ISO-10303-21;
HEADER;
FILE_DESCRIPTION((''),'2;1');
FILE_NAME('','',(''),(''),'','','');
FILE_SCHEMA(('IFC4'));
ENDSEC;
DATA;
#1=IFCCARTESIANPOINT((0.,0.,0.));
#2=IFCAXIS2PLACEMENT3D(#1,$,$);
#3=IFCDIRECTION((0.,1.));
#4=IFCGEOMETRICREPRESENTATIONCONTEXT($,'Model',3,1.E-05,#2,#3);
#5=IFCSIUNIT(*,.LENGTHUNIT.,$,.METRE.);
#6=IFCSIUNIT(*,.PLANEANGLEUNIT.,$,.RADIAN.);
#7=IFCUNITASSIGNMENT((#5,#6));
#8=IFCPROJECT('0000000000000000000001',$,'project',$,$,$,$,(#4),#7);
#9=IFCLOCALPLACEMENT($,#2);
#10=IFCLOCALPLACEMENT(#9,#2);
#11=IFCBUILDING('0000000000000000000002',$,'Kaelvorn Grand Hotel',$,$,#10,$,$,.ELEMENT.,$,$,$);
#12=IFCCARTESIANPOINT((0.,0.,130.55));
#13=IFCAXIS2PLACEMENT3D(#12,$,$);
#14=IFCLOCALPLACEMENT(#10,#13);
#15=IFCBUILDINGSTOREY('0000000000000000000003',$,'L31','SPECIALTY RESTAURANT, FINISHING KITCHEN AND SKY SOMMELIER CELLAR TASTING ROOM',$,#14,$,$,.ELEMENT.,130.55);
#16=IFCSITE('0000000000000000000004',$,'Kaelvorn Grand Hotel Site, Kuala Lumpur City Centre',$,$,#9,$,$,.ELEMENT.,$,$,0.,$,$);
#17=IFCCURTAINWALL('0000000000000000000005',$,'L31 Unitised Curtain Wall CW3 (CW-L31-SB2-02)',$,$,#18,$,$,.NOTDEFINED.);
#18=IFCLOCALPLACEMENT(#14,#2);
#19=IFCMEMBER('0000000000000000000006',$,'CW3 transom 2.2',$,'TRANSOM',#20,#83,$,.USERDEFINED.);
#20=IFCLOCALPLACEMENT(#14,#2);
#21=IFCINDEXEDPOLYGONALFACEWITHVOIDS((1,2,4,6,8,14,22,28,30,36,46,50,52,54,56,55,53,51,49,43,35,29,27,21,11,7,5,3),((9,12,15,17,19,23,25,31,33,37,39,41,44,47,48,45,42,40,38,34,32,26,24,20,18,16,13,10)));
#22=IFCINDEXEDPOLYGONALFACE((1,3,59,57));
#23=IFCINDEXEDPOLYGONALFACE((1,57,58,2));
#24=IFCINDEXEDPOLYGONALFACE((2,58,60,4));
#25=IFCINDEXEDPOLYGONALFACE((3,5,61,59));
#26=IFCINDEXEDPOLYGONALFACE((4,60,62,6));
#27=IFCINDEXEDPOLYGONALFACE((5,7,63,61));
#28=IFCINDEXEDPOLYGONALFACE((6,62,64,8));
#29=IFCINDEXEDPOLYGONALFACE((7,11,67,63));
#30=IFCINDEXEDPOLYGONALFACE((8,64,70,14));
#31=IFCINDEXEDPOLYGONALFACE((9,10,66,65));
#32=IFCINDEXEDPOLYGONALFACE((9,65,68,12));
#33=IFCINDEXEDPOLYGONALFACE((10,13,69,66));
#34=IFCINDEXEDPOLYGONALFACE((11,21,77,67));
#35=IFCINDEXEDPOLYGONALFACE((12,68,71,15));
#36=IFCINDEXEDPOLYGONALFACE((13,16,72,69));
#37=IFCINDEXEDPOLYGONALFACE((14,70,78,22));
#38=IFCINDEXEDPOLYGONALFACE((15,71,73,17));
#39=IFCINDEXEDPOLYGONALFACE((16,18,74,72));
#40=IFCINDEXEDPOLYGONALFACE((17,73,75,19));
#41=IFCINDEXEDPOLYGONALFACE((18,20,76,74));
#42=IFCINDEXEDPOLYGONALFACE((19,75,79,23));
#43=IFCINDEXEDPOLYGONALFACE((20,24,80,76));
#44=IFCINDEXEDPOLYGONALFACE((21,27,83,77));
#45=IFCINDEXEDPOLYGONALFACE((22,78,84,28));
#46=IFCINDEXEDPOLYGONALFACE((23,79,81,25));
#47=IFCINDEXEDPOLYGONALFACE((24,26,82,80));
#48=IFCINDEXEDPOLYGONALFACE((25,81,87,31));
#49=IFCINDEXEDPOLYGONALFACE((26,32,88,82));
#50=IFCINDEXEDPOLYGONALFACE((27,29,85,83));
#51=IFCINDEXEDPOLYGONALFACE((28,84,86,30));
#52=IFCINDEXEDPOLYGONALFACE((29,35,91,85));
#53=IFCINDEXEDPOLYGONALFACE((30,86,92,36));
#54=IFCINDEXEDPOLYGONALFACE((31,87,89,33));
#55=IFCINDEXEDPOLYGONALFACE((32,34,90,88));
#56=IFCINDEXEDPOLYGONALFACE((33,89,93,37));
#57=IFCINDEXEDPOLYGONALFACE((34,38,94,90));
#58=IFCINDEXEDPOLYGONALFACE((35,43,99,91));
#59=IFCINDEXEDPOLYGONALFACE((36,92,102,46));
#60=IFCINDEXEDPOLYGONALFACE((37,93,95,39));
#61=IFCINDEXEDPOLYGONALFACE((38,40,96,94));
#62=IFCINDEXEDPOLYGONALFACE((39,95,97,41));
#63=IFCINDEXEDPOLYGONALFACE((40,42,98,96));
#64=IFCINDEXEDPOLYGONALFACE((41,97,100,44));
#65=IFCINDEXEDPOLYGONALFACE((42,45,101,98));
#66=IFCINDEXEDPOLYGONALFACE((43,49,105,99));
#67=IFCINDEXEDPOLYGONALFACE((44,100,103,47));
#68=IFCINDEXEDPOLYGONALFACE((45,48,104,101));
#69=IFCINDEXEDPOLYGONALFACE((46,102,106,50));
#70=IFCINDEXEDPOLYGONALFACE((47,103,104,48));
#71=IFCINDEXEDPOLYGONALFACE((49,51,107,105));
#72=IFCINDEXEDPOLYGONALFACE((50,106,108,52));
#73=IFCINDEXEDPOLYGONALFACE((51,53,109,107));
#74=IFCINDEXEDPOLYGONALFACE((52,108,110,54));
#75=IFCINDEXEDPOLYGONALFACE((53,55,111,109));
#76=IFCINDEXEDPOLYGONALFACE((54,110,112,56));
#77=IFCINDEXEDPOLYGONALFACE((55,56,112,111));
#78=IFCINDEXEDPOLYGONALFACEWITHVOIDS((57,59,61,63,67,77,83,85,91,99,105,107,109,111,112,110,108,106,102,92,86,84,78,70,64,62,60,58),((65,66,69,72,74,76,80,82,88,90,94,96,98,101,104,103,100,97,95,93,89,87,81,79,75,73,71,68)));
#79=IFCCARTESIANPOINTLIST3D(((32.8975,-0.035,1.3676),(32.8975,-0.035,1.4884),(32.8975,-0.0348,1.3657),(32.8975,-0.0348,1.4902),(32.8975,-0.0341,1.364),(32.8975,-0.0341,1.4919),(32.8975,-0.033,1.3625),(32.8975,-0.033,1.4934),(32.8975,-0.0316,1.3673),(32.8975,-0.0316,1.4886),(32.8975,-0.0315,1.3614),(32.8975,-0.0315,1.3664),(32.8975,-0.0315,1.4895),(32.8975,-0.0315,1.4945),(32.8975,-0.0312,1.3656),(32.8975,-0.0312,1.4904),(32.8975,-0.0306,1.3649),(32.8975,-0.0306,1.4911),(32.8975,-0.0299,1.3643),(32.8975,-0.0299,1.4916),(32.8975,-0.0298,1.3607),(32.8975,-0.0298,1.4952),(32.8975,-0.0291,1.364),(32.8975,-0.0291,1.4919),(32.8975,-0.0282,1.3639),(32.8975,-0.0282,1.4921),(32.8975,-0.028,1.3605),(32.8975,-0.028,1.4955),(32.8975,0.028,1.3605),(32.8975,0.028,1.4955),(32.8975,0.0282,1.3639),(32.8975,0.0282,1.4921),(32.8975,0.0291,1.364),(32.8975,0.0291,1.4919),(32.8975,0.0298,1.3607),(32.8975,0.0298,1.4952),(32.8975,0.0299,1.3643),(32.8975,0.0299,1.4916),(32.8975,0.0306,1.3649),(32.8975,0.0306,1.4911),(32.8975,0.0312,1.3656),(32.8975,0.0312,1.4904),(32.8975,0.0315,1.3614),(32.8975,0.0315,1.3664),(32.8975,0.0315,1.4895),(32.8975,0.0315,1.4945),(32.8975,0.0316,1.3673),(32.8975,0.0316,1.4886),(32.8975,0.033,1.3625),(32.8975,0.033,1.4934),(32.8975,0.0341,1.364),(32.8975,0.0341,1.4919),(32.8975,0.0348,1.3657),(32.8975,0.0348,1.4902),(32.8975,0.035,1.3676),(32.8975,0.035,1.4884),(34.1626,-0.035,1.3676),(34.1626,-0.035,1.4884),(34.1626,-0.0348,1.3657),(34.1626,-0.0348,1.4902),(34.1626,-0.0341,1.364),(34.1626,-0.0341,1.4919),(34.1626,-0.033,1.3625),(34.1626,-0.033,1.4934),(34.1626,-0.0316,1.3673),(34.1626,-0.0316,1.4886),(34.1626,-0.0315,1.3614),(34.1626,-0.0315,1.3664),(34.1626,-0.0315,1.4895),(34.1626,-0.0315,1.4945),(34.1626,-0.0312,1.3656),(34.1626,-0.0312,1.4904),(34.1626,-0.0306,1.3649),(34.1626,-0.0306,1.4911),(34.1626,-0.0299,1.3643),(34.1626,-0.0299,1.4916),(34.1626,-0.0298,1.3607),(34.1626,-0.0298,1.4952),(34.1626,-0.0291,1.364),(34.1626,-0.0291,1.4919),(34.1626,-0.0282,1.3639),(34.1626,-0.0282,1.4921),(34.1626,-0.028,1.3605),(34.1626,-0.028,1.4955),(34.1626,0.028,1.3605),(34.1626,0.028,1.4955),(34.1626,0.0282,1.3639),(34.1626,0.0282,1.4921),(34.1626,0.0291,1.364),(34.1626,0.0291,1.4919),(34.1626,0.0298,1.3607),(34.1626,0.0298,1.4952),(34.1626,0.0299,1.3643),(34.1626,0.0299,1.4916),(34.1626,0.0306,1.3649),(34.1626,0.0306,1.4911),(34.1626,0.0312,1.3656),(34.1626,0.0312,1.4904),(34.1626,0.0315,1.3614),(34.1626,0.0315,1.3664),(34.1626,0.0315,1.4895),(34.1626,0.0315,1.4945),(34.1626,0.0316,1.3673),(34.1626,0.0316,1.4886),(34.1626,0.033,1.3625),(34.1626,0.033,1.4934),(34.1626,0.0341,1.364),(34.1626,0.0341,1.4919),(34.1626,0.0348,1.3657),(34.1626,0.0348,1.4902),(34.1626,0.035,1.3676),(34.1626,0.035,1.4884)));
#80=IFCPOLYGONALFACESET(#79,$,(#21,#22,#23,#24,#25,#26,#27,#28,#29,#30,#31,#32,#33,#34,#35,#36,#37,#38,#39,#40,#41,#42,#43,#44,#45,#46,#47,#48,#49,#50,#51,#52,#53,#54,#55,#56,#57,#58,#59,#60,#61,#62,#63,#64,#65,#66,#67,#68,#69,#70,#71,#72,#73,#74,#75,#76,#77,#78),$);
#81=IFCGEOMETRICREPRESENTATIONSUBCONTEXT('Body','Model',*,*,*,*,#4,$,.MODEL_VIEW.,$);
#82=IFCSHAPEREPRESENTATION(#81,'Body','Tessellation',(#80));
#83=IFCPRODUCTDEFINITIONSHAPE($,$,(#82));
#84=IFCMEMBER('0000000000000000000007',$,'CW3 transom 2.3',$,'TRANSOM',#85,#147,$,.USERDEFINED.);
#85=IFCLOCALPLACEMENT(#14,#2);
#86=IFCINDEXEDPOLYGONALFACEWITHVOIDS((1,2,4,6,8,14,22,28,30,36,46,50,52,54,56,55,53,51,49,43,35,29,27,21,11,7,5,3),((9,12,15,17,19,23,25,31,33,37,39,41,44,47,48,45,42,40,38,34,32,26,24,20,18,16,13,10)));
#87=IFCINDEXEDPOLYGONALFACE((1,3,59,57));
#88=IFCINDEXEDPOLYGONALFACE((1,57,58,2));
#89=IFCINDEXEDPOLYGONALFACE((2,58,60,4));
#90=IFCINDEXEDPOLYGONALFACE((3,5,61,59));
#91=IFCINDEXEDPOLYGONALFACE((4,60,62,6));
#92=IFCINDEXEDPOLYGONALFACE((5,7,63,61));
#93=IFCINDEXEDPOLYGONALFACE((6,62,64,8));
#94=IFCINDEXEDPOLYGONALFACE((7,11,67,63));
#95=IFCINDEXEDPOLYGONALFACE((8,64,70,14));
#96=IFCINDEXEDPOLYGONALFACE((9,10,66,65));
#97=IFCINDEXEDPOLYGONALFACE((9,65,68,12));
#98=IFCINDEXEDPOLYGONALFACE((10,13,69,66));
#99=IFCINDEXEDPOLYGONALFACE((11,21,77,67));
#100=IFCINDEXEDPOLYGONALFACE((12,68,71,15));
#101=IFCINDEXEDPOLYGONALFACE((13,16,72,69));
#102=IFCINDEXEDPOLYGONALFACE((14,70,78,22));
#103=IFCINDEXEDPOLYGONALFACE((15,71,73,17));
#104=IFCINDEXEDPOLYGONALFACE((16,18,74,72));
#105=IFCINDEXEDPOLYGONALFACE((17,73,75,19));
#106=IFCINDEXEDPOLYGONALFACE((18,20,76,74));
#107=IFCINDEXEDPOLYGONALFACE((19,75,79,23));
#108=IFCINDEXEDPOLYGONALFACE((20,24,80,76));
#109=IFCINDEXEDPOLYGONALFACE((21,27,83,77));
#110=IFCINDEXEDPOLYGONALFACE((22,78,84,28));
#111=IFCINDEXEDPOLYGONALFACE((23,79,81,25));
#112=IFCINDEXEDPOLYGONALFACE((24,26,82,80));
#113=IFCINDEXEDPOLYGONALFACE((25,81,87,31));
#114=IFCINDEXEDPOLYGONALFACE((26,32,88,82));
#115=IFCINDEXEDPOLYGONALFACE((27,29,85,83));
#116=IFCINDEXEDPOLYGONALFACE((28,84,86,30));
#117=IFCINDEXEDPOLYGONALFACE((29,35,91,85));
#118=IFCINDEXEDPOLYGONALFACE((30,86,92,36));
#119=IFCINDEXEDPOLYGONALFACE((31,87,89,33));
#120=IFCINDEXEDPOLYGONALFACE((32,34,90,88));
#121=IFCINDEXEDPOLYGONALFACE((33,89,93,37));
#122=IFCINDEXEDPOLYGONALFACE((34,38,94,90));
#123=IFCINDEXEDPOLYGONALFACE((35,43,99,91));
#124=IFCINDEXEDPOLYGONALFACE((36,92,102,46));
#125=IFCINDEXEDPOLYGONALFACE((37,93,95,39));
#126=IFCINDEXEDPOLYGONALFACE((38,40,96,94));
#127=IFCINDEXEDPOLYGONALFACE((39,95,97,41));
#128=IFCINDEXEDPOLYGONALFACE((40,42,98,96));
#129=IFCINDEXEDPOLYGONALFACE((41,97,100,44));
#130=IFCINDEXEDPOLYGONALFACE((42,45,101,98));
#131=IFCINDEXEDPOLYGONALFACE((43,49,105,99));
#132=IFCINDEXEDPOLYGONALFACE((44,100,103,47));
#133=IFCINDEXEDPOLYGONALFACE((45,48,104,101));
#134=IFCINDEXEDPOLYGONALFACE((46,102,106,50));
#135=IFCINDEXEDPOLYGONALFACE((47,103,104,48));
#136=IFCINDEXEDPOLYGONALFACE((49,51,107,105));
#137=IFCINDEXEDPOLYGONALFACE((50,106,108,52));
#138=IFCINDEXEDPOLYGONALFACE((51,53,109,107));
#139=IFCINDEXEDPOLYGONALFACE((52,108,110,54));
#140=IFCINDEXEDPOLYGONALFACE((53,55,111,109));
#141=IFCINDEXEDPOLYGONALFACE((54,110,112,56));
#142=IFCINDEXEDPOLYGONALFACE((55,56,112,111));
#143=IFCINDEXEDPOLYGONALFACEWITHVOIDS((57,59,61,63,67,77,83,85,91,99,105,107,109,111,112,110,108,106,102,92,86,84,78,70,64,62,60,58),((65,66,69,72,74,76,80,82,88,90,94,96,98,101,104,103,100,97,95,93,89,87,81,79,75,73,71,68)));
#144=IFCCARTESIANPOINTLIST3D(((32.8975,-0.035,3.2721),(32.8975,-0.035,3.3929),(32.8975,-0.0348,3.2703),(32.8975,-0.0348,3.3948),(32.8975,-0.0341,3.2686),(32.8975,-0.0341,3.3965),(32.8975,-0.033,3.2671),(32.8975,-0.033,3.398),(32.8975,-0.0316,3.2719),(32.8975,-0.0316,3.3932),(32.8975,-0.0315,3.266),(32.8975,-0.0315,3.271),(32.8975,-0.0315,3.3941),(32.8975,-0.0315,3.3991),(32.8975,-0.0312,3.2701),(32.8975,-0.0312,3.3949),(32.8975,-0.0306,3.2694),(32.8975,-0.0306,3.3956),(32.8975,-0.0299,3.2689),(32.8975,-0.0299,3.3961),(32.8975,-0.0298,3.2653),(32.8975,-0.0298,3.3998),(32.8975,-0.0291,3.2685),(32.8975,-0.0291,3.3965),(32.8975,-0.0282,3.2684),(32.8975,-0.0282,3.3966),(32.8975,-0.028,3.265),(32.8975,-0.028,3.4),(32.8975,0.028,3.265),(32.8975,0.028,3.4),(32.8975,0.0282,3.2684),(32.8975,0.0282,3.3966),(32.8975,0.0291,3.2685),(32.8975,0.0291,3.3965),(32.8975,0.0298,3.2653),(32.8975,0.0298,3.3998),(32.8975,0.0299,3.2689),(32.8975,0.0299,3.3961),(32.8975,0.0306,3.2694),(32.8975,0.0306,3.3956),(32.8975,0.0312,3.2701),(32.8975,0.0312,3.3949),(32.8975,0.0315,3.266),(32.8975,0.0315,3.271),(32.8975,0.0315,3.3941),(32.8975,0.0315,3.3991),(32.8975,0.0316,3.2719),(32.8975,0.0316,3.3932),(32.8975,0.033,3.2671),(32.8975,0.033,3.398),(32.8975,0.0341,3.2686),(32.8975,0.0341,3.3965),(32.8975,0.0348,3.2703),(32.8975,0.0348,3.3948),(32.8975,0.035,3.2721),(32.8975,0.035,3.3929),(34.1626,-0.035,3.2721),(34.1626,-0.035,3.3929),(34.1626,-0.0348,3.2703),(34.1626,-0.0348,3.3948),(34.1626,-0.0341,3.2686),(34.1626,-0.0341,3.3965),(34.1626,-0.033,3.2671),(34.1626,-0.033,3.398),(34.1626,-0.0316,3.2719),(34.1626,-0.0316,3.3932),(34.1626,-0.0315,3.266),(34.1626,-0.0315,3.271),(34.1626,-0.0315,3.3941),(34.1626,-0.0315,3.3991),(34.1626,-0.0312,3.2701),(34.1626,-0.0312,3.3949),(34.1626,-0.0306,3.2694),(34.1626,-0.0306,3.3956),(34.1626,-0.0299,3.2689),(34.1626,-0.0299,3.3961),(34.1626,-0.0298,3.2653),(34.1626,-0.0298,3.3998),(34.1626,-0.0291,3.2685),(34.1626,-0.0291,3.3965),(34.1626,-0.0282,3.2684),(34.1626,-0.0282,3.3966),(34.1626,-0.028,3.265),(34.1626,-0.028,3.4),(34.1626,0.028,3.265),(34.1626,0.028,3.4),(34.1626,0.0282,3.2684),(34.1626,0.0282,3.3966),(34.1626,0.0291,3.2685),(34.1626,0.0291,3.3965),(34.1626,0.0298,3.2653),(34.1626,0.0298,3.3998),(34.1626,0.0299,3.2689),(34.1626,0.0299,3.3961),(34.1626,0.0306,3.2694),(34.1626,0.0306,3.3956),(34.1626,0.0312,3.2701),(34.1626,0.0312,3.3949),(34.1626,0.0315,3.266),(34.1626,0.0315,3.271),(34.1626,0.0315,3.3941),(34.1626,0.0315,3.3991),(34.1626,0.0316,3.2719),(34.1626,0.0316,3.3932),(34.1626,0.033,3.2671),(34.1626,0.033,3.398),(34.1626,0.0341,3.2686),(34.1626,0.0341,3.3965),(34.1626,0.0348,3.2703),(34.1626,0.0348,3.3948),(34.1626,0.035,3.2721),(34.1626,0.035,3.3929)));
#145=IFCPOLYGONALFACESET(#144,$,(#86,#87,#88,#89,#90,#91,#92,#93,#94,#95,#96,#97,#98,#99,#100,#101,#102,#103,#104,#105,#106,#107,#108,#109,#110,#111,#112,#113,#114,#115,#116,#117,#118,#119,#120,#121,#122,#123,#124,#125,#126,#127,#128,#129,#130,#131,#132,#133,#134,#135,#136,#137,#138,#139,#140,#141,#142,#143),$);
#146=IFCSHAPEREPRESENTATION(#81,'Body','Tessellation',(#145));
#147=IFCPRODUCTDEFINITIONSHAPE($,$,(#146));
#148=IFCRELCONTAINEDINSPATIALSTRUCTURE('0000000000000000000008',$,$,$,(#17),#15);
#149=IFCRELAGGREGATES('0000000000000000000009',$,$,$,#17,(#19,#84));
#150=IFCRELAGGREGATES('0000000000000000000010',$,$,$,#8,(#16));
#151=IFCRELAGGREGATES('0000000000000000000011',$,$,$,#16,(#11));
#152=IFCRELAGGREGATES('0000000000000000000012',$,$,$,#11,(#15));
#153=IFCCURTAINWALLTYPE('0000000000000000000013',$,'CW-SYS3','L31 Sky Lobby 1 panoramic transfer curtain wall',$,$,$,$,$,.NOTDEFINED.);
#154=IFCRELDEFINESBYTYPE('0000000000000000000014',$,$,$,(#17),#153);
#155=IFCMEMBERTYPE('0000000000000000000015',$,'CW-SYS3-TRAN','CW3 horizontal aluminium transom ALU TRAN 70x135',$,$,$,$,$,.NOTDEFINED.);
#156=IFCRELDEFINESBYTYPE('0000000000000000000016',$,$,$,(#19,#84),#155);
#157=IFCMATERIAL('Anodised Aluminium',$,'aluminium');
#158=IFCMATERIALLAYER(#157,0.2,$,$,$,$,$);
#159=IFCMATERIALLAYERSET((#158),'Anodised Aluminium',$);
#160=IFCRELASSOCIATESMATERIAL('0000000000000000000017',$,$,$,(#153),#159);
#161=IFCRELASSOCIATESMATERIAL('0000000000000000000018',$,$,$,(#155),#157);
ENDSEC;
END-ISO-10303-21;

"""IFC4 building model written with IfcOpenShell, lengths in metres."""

from ifc_helpers import new_model, si_unit, direction, frame, origin, origin_2d, place, context, subcontext, project, spatial, hollow_rectangle, extrude, material, layer, layer_set, material_profile, profile_set, type_object, element, aggregate, save


model = new_model("IFC4")

# Units and contexts
model_context = context("Model", 3, precision=1e-05, world=origin(), true_north=direction((0.0, 1.0)))
body_context = subcontext(model_context, "Body", "Model", "MODEL_VIEW")
ifc_project = project(units=[si_unit("LENGTHUNIT", "METRE"), si_unit("PLANEANGLEUNIT", "RADIAN")], contexts=[model_context])

# Site, building, storey
site_placement = place(None, origin())
site = spatial("IfcSite", under=ifc_project, at=site_placement, Name="Kaelvorn Grand Hotel Site, Kuala Lumpur City Centre", CompositionType="ELEMENT", RefElevation=0.0)
building_placement = place(site_placement, origin())
building = spatial("IfcBuilding", under=site, at=building_placement, Name="Kaelvorn Grand Hotel", CompositionType="ELEMENT")
storey_placement = place(building_placement, frame((0.0, 0.0, 130.55)))
storey = spatial("IfcBuildingStorey", under=building, at=storey_placement, Name="L31", Description="SPECIALTY RESTAURANT, FINISHING KITCHEN AND SKY SOMMELIER CELLAR TASTING ROOM", CompositionType="ELEMENT", Elevation=130.55)

# Shared definitions
ifc_material_1 = material(Name="Anodised Aluminium", Category="aluminium")
ifc_layer_1 = layer(ifc_material_1, 0.2)
ifc_layer_set_1 = layer_set([ifc_layer_1], Name="Anodised Aluminium")
curtain_wall_type = type_object("IfcCurtainWallType", Name="CW-SYS3", Description="L31 Sky Lobby 1 panoramic transfer curtain wall", PredefinedType="NOTDEFINED", material=ifc_layer_set_1)

# Curtain wall, members
curtain_wall_1_placement = place(storey_placement, origin())
curtain_wall_1 = element("IfcCurtainWall", 1, at=curtain_wall_1_placement, inside=storey, type_object=curtain_wall_type, Name="L31 Unitised Curtain Wall CW3 (CW-L31-SB2-02)", PredefinedType="NOTDEFINED")
ifc_material_profile_1 = material_profile(ifc_material_1, hollow_rectangle(XDim=0.0701, YDim=0.135, WallThickness=0.0034, InnerFilletRadius=0.0034, OuterFilletRadius=0.0071, at=origin_2d()), Name="ALU TRAN 70x135")
ifc_profile_set_1 = profile_set([ifc_material_profile_1], Name="Anodised Aluminium")
member_type_1 = type_object("IfcMemberType", Name="CW-SYS3-TRAN", Description="CW3 horizontal aluminium transom ALU TRAN 70x135", PredefinedType="NOTDEFINED", material=ifc_profile_set_1)
member_1_placement = place(storey_placement, frame((32.8975, 0.0, 1.428), z_axis=(1.0, 0.0, 0.0), x_axis=(0.0, 1.0, 0.0)))
member_1 = element("IfcMember", 2, at=member_1_placement, type_object=member_type_1, Name="CW3 transom 2.2", ObjectType="TRANSOM", PredefinedType="USERDEFINED", context=body_context, shape_type="SweptSolid", body=[
    extrude(hollow_rectangle(XDim=0.0701, YDim=0.135, WallThickness=0.0034, InnerFilletRadius=0.0034, OuterFilletRadius=0.0071, at=origin_2d()), origin(), (0.0, 0.0, 1.0), 1.2651),
])
member_2_placement = place(storey_placement, frame((32.8975, 0.0, 3.3325), z_axis=(1.0, 0.0, 0.0), x_axis=(0.0, 1.0, 0.0)))
member_2 = element("IfcMember", 3, at=member_2_placement, type_object=member_type_1, Name="CW3 transom 2.3", ObjectType="TRANSOM", PredefinedType="USERDEFINED", context=body_context, shape_type="SweptSolid", body=[
    extrude(hollow_rectangle(XDim=0.0701, YDim=0.135, WallThickness=0.0034, InnerFilletRadius=0.0034, OuterFilletRadius=0.0071, at=origin_2d()), origin(), (0.0, 0.0, 1.0), 1.2651),
])

aggregate(curtain_wall_1, [member_1, member_2])

save(model, "model.ifc")
